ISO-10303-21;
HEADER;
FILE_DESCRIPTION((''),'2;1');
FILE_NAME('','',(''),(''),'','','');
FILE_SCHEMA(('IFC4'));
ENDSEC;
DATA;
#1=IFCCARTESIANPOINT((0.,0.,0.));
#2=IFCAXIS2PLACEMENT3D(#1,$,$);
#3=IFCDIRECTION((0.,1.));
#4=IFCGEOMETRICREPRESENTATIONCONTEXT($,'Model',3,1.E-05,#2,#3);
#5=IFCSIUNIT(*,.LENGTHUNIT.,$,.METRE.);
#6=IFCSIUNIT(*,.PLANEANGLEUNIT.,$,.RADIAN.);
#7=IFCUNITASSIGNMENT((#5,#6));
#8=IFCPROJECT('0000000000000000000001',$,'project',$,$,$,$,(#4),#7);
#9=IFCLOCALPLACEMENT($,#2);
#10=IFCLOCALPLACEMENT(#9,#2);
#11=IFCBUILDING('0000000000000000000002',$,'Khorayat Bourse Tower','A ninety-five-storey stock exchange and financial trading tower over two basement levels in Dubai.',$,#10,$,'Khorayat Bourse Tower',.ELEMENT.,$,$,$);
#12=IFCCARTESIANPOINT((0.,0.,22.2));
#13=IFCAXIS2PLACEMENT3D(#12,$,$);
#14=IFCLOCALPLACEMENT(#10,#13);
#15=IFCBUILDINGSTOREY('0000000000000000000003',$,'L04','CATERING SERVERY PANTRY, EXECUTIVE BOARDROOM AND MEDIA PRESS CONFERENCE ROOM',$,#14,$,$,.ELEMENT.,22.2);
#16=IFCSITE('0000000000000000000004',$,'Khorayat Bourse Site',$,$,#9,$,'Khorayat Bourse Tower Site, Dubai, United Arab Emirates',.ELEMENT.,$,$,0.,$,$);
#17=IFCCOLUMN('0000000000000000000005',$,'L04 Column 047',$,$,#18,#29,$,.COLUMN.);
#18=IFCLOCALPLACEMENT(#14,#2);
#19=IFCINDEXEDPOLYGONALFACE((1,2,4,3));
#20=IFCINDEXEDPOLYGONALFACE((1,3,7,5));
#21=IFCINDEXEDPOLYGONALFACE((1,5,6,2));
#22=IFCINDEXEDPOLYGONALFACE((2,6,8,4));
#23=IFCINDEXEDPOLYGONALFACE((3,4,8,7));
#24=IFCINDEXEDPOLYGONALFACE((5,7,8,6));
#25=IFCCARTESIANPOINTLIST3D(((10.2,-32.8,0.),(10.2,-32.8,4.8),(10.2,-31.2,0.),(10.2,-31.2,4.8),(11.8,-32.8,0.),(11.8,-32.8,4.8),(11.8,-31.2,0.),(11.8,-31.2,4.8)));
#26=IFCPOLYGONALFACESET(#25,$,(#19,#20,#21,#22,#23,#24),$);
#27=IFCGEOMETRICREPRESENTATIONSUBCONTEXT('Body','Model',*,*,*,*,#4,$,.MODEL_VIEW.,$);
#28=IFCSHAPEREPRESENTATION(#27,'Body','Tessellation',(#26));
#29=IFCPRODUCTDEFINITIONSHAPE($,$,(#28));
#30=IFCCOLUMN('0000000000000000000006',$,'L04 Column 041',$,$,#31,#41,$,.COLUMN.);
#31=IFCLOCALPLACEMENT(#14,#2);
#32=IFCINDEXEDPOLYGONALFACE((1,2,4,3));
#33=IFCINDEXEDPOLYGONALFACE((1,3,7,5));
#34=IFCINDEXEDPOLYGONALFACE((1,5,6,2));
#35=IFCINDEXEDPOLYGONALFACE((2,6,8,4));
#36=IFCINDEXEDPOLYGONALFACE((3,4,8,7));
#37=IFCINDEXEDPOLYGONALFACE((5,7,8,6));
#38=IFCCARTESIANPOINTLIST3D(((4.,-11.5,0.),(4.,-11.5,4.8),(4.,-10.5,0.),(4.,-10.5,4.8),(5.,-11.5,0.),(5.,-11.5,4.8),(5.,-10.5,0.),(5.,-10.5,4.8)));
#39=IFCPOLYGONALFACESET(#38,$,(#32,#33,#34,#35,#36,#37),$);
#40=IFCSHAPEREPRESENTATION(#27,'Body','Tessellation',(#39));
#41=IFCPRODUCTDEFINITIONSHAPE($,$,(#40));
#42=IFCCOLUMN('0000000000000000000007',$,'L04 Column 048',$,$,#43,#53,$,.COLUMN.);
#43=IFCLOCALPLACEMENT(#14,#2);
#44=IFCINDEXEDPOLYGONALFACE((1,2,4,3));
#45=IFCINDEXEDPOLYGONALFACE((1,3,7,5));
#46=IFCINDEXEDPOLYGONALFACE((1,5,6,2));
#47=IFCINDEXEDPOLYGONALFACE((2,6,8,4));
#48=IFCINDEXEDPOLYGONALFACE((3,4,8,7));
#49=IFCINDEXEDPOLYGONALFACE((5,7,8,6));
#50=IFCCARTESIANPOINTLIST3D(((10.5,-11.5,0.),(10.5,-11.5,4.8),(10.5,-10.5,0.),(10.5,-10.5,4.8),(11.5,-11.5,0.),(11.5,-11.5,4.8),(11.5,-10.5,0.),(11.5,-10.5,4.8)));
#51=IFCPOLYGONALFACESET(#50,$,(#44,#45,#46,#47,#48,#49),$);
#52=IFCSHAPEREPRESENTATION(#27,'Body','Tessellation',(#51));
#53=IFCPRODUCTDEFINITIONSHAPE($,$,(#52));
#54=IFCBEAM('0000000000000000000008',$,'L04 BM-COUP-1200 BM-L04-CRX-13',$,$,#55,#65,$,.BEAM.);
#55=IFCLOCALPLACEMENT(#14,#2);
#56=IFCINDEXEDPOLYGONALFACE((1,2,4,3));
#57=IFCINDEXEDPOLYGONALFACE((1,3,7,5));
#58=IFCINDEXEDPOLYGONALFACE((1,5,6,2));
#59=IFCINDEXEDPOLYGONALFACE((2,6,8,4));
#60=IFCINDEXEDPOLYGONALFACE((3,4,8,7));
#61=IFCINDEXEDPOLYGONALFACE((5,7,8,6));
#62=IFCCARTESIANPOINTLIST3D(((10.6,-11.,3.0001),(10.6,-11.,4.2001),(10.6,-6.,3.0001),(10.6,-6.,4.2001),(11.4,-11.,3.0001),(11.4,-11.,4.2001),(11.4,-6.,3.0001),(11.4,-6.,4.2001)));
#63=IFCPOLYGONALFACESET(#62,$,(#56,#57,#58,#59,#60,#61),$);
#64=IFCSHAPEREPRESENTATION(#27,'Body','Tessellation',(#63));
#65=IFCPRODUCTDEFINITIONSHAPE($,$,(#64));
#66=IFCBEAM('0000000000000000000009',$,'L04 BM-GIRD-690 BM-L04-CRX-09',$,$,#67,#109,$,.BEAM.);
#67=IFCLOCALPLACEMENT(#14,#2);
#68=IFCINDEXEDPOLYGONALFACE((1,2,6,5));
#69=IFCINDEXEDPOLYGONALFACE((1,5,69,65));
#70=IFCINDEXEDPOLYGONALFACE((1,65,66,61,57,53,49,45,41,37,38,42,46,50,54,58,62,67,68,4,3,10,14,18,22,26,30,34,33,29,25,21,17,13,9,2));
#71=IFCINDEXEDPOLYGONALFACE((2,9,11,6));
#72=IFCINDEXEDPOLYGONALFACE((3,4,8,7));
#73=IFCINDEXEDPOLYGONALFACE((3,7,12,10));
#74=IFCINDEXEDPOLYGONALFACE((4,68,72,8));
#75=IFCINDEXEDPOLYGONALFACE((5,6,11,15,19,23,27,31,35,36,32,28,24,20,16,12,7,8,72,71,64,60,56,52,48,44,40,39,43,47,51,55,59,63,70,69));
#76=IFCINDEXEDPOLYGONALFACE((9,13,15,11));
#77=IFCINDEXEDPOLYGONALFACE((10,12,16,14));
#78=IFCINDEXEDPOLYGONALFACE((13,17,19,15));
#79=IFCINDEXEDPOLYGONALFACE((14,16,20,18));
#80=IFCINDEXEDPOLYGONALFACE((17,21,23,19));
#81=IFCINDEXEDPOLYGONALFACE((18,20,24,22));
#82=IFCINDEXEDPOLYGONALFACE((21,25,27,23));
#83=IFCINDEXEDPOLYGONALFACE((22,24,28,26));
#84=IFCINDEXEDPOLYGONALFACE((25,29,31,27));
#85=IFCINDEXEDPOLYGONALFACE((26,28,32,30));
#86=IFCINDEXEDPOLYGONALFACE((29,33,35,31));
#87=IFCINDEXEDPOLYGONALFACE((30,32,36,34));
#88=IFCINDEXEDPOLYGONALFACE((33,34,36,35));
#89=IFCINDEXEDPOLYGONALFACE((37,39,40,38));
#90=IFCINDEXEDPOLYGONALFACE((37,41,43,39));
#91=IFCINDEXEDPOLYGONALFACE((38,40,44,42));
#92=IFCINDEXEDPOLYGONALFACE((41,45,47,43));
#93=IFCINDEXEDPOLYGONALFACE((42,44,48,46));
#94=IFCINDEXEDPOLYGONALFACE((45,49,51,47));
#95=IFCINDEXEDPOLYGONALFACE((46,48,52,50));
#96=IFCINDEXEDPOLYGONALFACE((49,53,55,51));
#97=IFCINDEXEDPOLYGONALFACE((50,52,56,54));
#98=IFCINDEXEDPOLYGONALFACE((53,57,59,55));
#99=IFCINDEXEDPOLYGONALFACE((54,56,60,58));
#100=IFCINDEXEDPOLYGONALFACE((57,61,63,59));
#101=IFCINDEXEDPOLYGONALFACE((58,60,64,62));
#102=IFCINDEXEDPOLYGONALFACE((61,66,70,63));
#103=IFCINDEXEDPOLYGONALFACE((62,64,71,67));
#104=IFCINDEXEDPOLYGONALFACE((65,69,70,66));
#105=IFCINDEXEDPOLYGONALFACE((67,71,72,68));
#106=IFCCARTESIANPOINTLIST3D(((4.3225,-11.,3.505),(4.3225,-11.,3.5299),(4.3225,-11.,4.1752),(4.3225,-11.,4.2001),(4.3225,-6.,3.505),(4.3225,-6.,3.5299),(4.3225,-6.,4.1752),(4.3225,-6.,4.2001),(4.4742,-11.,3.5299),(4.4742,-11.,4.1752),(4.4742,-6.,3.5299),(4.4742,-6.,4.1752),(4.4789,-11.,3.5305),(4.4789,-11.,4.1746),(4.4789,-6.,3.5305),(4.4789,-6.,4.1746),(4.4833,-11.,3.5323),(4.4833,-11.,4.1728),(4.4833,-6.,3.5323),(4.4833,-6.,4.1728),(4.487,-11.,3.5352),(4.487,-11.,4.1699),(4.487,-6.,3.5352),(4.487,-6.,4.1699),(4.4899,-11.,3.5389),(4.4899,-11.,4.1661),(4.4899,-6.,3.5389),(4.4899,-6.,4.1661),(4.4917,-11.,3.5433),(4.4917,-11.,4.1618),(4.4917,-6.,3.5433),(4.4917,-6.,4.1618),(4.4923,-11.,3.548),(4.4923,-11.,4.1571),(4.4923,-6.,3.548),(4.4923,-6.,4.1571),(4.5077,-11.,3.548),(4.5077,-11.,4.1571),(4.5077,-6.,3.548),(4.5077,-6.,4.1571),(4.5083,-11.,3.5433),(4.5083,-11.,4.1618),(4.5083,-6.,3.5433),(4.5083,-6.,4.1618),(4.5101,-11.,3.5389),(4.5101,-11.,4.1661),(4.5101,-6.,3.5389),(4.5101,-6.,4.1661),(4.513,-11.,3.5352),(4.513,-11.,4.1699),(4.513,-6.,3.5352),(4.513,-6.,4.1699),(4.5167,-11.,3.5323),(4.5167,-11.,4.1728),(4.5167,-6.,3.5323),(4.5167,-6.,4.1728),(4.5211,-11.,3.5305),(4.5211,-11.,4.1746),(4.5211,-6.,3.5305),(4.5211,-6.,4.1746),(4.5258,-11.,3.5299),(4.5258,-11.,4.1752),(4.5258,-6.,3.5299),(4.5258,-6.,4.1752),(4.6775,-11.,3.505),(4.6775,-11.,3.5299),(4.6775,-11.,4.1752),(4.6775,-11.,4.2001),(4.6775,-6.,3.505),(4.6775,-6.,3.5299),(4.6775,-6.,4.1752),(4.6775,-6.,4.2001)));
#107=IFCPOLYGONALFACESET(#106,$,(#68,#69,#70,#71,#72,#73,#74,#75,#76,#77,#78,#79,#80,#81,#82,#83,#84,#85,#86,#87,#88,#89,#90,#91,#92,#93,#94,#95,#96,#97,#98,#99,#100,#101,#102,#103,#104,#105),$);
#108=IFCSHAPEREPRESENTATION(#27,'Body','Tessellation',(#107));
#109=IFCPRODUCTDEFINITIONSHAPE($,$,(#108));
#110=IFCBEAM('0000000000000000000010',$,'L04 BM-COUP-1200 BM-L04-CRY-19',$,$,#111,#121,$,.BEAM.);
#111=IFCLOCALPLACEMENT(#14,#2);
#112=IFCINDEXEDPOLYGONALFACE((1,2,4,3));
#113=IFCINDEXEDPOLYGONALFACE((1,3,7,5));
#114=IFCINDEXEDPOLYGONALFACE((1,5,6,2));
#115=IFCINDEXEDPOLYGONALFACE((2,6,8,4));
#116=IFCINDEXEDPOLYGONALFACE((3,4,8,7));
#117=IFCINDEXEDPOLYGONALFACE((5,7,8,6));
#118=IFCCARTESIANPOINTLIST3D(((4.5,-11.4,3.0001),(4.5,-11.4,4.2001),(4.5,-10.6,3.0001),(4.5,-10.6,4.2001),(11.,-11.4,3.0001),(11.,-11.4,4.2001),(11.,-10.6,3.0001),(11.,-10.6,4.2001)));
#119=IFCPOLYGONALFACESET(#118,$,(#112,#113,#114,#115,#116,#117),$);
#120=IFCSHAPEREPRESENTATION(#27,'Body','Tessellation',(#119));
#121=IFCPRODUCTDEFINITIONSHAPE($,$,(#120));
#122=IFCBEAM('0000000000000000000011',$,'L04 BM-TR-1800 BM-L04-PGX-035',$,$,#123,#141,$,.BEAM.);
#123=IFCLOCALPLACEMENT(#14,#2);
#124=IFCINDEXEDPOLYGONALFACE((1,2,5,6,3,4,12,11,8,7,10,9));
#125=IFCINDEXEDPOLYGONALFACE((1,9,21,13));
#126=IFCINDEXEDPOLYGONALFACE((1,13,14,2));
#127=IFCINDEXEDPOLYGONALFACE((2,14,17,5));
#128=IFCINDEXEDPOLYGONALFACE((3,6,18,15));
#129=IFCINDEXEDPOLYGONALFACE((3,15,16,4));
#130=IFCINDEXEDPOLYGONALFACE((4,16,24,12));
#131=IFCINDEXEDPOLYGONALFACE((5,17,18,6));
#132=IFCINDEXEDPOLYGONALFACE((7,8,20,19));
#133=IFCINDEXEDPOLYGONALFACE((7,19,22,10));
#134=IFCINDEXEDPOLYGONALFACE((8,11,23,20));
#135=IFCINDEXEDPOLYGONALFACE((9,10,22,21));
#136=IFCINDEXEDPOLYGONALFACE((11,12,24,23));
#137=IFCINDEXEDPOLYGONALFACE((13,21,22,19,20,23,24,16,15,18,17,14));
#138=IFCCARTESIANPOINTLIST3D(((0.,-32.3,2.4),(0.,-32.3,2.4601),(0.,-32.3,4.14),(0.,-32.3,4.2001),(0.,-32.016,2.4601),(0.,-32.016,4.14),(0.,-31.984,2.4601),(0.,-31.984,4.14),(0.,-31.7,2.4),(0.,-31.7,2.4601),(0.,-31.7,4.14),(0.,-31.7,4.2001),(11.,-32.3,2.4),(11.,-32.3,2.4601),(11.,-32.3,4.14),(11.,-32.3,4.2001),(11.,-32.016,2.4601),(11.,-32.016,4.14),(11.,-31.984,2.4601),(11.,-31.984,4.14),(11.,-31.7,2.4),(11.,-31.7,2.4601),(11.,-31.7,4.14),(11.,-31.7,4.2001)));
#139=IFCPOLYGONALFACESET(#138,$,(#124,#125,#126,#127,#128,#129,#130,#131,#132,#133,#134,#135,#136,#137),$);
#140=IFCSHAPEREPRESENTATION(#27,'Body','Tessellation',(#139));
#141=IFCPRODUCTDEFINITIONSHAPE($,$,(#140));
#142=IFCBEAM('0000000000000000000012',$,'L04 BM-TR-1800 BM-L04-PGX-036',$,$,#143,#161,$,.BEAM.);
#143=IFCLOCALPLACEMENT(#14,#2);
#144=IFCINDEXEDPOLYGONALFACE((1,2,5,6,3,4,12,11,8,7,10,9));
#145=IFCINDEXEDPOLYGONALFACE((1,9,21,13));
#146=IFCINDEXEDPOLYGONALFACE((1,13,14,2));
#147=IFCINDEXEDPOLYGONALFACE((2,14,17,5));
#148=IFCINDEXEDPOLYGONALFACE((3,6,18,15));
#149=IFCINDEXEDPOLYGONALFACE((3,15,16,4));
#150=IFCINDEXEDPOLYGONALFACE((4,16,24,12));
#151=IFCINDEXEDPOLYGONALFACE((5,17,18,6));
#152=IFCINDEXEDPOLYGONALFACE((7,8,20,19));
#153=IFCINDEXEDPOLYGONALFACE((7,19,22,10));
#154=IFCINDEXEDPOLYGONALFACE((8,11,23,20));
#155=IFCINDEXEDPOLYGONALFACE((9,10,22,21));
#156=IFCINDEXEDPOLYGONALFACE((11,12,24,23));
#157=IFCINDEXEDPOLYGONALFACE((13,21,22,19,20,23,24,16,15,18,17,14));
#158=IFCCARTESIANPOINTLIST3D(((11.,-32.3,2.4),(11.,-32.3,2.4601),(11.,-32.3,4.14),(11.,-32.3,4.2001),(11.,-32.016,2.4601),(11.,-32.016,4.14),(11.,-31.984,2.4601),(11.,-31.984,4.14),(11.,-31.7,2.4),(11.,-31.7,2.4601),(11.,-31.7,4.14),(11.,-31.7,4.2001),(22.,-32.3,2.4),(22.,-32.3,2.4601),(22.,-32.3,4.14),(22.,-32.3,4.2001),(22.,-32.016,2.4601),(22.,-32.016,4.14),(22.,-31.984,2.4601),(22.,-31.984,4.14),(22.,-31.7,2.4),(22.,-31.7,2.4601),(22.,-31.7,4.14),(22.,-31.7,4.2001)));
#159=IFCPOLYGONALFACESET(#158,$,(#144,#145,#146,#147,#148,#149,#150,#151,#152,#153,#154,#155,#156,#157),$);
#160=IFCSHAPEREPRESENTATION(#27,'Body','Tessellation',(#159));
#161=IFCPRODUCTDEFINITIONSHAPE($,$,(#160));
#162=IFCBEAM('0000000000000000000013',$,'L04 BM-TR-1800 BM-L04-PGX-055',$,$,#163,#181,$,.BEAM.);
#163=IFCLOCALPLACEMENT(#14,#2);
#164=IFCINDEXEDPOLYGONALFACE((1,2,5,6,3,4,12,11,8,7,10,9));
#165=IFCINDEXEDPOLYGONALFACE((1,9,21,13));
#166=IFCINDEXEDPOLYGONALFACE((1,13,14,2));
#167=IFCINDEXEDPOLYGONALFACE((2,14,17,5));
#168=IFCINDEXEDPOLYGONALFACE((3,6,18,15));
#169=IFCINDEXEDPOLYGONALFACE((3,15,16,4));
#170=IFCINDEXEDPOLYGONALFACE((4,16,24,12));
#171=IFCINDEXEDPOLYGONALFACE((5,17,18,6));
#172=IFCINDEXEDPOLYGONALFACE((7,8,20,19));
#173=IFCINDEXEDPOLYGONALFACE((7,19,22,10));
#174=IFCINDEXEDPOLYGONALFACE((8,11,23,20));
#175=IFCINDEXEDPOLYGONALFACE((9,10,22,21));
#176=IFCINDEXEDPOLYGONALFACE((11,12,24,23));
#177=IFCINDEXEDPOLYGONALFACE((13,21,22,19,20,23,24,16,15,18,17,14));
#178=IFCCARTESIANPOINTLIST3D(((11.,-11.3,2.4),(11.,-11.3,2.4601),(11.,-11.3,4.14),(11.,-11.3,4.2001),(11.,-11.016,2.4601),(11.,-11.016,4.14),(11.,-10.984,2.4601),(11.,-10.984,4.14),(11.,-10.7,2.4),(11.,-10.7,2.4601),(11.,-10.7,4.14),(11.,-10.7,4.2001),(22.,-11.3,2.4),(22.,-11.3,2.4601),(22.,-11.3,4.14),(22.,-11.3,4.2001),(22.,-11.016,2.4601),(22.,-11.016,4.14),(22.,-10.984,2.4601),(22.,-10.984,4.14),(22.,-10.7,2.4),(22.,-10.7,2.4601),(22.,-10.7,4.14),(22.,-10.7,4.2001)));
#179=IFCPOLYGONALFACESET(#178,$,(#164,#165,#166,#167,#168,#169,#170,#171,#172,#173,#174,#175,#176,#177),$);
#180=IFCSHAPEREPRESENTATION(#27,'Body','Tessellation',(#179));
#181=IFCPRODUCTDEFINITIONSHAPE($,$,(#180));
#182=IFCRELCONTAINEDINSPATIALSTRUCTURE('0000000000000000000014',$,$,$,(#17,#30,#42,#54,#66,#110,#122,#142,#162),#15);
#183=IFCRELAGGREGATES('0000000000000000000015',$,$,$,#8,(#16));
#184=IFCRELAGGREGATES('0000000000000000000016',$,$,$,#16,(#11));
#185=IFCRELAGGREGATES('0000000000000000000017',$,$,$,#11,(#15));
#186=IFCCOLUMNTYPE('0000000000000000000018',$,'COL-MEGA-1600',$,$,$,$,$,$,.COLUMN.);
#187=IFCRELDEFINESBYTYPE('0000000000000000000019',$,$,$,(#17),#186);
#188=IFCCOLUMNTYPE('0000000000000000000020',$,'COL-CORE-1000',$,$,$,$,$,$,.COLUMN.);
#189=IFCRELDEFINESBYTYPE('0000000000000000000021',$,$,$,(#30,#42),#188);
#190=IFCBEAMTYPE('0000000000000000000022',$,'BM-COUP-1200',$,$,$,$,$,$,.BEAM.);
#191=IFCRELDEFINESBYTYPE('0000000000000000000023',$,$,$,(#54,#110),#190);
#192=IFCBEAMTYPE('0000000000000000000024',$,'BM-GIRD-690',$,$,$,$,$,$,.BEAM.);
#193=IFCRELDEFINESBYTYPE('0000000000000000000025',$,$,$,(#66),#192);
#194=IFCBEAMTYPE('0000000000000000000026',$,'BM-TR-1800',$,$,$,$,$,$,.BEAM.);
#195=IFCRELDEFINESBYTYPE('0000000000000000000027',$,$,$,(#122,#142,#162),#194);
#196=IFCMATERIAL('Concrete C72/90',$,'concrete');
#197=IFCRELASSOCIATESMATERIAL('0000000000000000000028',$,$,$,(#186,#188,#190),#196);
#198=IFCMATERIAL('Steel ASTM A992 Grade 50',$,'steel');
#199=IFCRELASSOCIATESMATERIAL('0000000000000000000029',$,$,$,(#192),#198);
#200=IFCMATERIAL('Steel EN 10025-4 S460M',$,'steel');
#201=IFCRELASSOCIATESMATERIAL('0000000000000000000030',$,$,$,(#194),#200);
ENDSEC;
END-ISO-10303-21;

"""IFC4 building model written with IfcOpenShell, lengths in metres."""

from ifc_helpers import new_model, si_unit, direction, frame, origin, origin_2d, place, context, subcontext, project, spatial, rectangle, i_section, extrude, source, transform, mapped, material, material_profile, profile_set, type_object, element, save


model = new_model("IFC4")

# Units and contexts
model_context = context("Model", 3, precision=1e-05, world=origin(), true_north=direction((0.0, 1.0)))
body_context = subcontext(model_context, "Body", "Model", "MODEL_VIEW")
ifc_project = project(units=[si_unit("LENGTHUNIT", "METRE"), si_unit("PLANEANGLEUNIT", "RADIAN")], contexts=[model_context])

# Site, building, storey
site_placement = place(None, origin())
site = spatial("IfcSite", under=ifc_project, at=site_placement, Name="Khorayat Bourse Site", LongName="Khorayat Bourse Tower Site, Dubai, United Arab Emirates", CompositionType="ELEMENT", RefElevation=0.0)
building_placement = place(site_placement, origin())
building = spatial("IfcBuilding", under=site, at=building_placement, Name="Khorayat Bourse Tower", Description="A ninety-five-storey stock exchange and financial trading tower over two basement levels in Dubai.", LongName="Khorayat Bourse Tower", CompositionType="ELEMENT")
storey_placement = place(building_placement, frame((0.0, 0.0, 22.2)))
storey = spatial("IfcBuildingStorey", under=building, at=storey_placement, Name="L04", Description="CATERING SERVERY PANTRY, EXECUTIVE BOARDROOM AND MEDIA PRESS CONFERENCE ROOM", CompositionType="ELEMENT", Elevation=22.2)

# Columns
ifc_material_1 = material(Name="Concrete C72/90", Category="concrete")
ifc_material_profile_1 = material_profile(ifc_material_1, rectangle(XDim=1.6001, YDim=1.6001, at=origin_2d()), Name="RC 1600x1600")
ifc_profile_set_1 = profile_set([ifc_material_profile_1], Name="Concrete C72/90")
column_type_1 = type_object("IfcColumnType", Name="COL-MEGA-1600", PredefinedType="COLUMN", material=ifc_profile_set_1)
shared_shape_1 = source(origin(), body_context, "Body", "SweptSolid", [
    extrude(rectangle(XDim=1.6001, YDim=1.6001, at=origin_2d()), origin(), (0.0, 0.0, 1.0), 4.8),
])
column_placement = place(storey_placement, frame((11.0, -32.0, 0.0), z_axis=(0.0, 0.0, 1.0), x_axis=(1.0, 0.0, 0.0)))
element("IfcColumn", 1, at=column_placement, inside=storey, type_object=column_type_1, Name="L04 Column 047", PredefinedType="COLUMN", context=body_context, shape_type="MappedRepresentation", body=[
    mapped(shared_shape_1, transform((0.0, 0.0, 0.0), scale=1.0)),
])
ifc_material_profile_2 = material_profile(ifc_material_1, rectangle(XDim=1.0, YDim=1.0, at=origin_2d()), Name="RC 1000x1000")
ifc_profile_set_2 = profile_set([ifc_material_profile_2], Name="Concrete C72/90")
column_type_2 = type_object("IfcColumnType", Name="COL-CORE-1000", PredefinedType="COLUMN", material=ifc_profile_set_2)
shared_shape_2 = source(origin(), body_context, "Body", "SweptSolid", [
    extrude(rectangle(XDim=1.0, YDim=1.0, at=origin_2d()), origin(), (0.0, 0.0, 1.0), 4.8),
])
for number, where, z_axis, x_axis, name in (
    (2, (4.5, -11.0, 0.0), (0.0, 0.0, 1.0), (1.0, 0.0, 0.0), "L04 Column 041"),
    (3, (11.0, -11.0, 0.0), (0.0, 0.0, 1.0), (1.0, 0.0, 0.0), "L04 Column 048"),
):
    element("IfcColumn", number, at=place(storey_placement, frame(where, z_axis=z_axis, x_axis=x_axis)), inside=storey, type_object=column_type_2, Name=name, PredefinedType="COLUMN", context=body_context, shape_type="MappedRepresentation", body=[
        mapped(shared_shape_2, transform((0.0, 0.0, 0.0), scale=1.0)),
    ])

# Beams
ifc_material_profile_3 = material_profile(ifc_material_1, rectangle(XDim=0.8, YDim=1.2, at=origin_2d()), Name="RC 800x1200")
ifc_profile_set_3 = profile_set([ifc_material_profile_3], Name="Concrete C72/90")
beam_type_1 = type_object("IfcBeamType", Name="BM-COUP-1200", PredefinedType="BEAM", material=ifc_profile_set_3)
shared_shape_3 = source(origin(), body_context, "Body", "SweptSolid", [
    extrude(rectangle(XDim=0.8, YDim=1.2, at=origin_2d()), origin(), (0.0, 0.0, 1.0), 5.0),
])
beam_1_placement = place(storey_placement, frame((11.0, -11.0, 3.6001), z_axis=(0.0, 1.0, 0.0), x_axis=(-1.0, 0.0, 0.0)))
element("IfcBeam", 4, at=beam_1_placement, inside=storey, type_object=beam_type_1, Name="L04 BM-COUP-1200 BM-L04-CRX-13", PredefinedType="BEAM", context=body_context, shape_type="MappedRepresentation", body=[
    mapped(shared_shape_3, transform((0.0, 0.0, 0.0), scale=1.0)),
])
ifc_material_2 = material(Name="Steel ASTM A992 Grade 50", Category="steel")
ifc_material_profile_4 = material_profile(ifc_material_2, i_section(OverallWidth=0.355, OverallDepth=0.6951, WebThickness=0.0154, FlangeThickness=0.0249, FilletRadius=0.0181, at=origin_2d()), Name="W690X217")
ifc_profile_set_4 = profile_set([ifc_material_profile_4], Name="Steel ASTM A992 Grade 50")
beam_type_2 = type_object("IfcBeamType", Name="BM-GIRD-690", PredefinedType="BEAM", material=ifc_profile_set_4)
shared_shape_4 = source(origin(), body_context, "Body", "SweptSolid", [
    extrude(i_section(OverallWidth=0.355, OverallDepth=0.6951, WebThickness=0.0154, FlangeThickness=0.0249, FilletRadius=0.0181, at=origin_2d()), origin(), (0.0, 0.0, 1.0), 5.0),
])
beam_2_placement = place(storey_placement, frame((4.5, -11.0, 3.8525), z_axis=(0.0, 1.0, 0.0), x_axis=(-1.0, 0.0, 0.0)))
element("IfcBeam", 5, at=beam_2_placement, inside=storey, type_object=beam_type_2, Name="L04 BM-GIRD-690 BM-L04-CRX-09", PredefinedType="BEAM", context=body_context, shape_type="MappedRepresentation", body=[
    mapped(shared_shape_4, transform((0.0, 0.0, 0.0), scale=1.0)),
])
shared_shape_5 = source(origin(), body_context, "Body", "SweptSolid", [
    extrude(rectangle(XDim=0.8, YDim=1.2, at=origin_2d()), origin(), (0.0, 0.0, 1.0), 6.5),
])
beam_3_placement = place(storey_placement, frame((4.5, -11.0, 3.6001), z_axis=(1.0, 0.0, 0.0), x_axis=(0.0, 1.0, 0.0)))
element("IfcBeam", 6, at=beam_3_placement, inside=storey, type_object=beam_type_1, Name="L04 BM-COUP-1200 BM-L04-CRY-19", PredefinedType="BEAM", context=body_context, shape_type="MappedRepresentation", body=[
    mapped(shared_shape_5, transform((0.0, 0.0, 0.0), scale=1.0)),
])
ifc_material_3 = material(Name="Steel EN 10025-4 S460M", Category="steel")
ifc_material_profile_5 = material_profile(ifc_material_3, i_section(OverallWidth=0.6001, OverallDepth=1.8, WebThickness=0.032, FlangeThickness=0.0601, at=origin_2d()), Name="PG 1800x600x32x60")
ifc_profile_set_5 = profile_set([ifc_material_profile_5], Name="Steel EN 10025-4 S460M")
beam_type_3 = type_object("IfcBeamType", Name="BM-TR-1800", PredefinedType="BEAM", material=ifc_profile_set_5)
shared_shape_6 = source(origin(), body_context, "Body", "SweptSolid", [
    extrude(i_section(OverallWidth=0.6001, OverallDepth=1.8, WebThickness=0.032, FlangeThickness=0.0601, at=origin_2d()), origin(), (0.0, 0.0, 1.0), 11.0),
])
for number, where, z_axis, x_axis, name in (
    (7, (0.0, -32.0, 3.3), (1.0, 0.0, 0.0), (0.0, 1.0, 0.0), "L04 BM-TR-1800 BM-L04-PGX-035"),
    (8, (11.0, -32.0, 3.3), (1.0, 0.0, 0.0), (0.0, 1.0, 0.0), "L04 BM-TR-1800 BM-L04-PGX-036"),
    (9, (11.0, -11.0, 3.3), (1.0, 0.0, 0.0), (0.0, 1.0, 0.0), "L04 BM-TR-1800 BM-L04-PGX-055"),
):
    element("IfcBeam", number, at=place(storey_placement, frame(where, z_axis=z_axis, x_axis=x_axis)), inside=storey, type_object=beam_type_3, Name=name, PredefinedType="BEAM", context=body_context, shape_type="MappedRepresentation", body=[
        mapped(shared_shape_6, transform((0.0, 0.0, 0.0), scale=1.0)),
    ])

save(model, "model.ifc")
